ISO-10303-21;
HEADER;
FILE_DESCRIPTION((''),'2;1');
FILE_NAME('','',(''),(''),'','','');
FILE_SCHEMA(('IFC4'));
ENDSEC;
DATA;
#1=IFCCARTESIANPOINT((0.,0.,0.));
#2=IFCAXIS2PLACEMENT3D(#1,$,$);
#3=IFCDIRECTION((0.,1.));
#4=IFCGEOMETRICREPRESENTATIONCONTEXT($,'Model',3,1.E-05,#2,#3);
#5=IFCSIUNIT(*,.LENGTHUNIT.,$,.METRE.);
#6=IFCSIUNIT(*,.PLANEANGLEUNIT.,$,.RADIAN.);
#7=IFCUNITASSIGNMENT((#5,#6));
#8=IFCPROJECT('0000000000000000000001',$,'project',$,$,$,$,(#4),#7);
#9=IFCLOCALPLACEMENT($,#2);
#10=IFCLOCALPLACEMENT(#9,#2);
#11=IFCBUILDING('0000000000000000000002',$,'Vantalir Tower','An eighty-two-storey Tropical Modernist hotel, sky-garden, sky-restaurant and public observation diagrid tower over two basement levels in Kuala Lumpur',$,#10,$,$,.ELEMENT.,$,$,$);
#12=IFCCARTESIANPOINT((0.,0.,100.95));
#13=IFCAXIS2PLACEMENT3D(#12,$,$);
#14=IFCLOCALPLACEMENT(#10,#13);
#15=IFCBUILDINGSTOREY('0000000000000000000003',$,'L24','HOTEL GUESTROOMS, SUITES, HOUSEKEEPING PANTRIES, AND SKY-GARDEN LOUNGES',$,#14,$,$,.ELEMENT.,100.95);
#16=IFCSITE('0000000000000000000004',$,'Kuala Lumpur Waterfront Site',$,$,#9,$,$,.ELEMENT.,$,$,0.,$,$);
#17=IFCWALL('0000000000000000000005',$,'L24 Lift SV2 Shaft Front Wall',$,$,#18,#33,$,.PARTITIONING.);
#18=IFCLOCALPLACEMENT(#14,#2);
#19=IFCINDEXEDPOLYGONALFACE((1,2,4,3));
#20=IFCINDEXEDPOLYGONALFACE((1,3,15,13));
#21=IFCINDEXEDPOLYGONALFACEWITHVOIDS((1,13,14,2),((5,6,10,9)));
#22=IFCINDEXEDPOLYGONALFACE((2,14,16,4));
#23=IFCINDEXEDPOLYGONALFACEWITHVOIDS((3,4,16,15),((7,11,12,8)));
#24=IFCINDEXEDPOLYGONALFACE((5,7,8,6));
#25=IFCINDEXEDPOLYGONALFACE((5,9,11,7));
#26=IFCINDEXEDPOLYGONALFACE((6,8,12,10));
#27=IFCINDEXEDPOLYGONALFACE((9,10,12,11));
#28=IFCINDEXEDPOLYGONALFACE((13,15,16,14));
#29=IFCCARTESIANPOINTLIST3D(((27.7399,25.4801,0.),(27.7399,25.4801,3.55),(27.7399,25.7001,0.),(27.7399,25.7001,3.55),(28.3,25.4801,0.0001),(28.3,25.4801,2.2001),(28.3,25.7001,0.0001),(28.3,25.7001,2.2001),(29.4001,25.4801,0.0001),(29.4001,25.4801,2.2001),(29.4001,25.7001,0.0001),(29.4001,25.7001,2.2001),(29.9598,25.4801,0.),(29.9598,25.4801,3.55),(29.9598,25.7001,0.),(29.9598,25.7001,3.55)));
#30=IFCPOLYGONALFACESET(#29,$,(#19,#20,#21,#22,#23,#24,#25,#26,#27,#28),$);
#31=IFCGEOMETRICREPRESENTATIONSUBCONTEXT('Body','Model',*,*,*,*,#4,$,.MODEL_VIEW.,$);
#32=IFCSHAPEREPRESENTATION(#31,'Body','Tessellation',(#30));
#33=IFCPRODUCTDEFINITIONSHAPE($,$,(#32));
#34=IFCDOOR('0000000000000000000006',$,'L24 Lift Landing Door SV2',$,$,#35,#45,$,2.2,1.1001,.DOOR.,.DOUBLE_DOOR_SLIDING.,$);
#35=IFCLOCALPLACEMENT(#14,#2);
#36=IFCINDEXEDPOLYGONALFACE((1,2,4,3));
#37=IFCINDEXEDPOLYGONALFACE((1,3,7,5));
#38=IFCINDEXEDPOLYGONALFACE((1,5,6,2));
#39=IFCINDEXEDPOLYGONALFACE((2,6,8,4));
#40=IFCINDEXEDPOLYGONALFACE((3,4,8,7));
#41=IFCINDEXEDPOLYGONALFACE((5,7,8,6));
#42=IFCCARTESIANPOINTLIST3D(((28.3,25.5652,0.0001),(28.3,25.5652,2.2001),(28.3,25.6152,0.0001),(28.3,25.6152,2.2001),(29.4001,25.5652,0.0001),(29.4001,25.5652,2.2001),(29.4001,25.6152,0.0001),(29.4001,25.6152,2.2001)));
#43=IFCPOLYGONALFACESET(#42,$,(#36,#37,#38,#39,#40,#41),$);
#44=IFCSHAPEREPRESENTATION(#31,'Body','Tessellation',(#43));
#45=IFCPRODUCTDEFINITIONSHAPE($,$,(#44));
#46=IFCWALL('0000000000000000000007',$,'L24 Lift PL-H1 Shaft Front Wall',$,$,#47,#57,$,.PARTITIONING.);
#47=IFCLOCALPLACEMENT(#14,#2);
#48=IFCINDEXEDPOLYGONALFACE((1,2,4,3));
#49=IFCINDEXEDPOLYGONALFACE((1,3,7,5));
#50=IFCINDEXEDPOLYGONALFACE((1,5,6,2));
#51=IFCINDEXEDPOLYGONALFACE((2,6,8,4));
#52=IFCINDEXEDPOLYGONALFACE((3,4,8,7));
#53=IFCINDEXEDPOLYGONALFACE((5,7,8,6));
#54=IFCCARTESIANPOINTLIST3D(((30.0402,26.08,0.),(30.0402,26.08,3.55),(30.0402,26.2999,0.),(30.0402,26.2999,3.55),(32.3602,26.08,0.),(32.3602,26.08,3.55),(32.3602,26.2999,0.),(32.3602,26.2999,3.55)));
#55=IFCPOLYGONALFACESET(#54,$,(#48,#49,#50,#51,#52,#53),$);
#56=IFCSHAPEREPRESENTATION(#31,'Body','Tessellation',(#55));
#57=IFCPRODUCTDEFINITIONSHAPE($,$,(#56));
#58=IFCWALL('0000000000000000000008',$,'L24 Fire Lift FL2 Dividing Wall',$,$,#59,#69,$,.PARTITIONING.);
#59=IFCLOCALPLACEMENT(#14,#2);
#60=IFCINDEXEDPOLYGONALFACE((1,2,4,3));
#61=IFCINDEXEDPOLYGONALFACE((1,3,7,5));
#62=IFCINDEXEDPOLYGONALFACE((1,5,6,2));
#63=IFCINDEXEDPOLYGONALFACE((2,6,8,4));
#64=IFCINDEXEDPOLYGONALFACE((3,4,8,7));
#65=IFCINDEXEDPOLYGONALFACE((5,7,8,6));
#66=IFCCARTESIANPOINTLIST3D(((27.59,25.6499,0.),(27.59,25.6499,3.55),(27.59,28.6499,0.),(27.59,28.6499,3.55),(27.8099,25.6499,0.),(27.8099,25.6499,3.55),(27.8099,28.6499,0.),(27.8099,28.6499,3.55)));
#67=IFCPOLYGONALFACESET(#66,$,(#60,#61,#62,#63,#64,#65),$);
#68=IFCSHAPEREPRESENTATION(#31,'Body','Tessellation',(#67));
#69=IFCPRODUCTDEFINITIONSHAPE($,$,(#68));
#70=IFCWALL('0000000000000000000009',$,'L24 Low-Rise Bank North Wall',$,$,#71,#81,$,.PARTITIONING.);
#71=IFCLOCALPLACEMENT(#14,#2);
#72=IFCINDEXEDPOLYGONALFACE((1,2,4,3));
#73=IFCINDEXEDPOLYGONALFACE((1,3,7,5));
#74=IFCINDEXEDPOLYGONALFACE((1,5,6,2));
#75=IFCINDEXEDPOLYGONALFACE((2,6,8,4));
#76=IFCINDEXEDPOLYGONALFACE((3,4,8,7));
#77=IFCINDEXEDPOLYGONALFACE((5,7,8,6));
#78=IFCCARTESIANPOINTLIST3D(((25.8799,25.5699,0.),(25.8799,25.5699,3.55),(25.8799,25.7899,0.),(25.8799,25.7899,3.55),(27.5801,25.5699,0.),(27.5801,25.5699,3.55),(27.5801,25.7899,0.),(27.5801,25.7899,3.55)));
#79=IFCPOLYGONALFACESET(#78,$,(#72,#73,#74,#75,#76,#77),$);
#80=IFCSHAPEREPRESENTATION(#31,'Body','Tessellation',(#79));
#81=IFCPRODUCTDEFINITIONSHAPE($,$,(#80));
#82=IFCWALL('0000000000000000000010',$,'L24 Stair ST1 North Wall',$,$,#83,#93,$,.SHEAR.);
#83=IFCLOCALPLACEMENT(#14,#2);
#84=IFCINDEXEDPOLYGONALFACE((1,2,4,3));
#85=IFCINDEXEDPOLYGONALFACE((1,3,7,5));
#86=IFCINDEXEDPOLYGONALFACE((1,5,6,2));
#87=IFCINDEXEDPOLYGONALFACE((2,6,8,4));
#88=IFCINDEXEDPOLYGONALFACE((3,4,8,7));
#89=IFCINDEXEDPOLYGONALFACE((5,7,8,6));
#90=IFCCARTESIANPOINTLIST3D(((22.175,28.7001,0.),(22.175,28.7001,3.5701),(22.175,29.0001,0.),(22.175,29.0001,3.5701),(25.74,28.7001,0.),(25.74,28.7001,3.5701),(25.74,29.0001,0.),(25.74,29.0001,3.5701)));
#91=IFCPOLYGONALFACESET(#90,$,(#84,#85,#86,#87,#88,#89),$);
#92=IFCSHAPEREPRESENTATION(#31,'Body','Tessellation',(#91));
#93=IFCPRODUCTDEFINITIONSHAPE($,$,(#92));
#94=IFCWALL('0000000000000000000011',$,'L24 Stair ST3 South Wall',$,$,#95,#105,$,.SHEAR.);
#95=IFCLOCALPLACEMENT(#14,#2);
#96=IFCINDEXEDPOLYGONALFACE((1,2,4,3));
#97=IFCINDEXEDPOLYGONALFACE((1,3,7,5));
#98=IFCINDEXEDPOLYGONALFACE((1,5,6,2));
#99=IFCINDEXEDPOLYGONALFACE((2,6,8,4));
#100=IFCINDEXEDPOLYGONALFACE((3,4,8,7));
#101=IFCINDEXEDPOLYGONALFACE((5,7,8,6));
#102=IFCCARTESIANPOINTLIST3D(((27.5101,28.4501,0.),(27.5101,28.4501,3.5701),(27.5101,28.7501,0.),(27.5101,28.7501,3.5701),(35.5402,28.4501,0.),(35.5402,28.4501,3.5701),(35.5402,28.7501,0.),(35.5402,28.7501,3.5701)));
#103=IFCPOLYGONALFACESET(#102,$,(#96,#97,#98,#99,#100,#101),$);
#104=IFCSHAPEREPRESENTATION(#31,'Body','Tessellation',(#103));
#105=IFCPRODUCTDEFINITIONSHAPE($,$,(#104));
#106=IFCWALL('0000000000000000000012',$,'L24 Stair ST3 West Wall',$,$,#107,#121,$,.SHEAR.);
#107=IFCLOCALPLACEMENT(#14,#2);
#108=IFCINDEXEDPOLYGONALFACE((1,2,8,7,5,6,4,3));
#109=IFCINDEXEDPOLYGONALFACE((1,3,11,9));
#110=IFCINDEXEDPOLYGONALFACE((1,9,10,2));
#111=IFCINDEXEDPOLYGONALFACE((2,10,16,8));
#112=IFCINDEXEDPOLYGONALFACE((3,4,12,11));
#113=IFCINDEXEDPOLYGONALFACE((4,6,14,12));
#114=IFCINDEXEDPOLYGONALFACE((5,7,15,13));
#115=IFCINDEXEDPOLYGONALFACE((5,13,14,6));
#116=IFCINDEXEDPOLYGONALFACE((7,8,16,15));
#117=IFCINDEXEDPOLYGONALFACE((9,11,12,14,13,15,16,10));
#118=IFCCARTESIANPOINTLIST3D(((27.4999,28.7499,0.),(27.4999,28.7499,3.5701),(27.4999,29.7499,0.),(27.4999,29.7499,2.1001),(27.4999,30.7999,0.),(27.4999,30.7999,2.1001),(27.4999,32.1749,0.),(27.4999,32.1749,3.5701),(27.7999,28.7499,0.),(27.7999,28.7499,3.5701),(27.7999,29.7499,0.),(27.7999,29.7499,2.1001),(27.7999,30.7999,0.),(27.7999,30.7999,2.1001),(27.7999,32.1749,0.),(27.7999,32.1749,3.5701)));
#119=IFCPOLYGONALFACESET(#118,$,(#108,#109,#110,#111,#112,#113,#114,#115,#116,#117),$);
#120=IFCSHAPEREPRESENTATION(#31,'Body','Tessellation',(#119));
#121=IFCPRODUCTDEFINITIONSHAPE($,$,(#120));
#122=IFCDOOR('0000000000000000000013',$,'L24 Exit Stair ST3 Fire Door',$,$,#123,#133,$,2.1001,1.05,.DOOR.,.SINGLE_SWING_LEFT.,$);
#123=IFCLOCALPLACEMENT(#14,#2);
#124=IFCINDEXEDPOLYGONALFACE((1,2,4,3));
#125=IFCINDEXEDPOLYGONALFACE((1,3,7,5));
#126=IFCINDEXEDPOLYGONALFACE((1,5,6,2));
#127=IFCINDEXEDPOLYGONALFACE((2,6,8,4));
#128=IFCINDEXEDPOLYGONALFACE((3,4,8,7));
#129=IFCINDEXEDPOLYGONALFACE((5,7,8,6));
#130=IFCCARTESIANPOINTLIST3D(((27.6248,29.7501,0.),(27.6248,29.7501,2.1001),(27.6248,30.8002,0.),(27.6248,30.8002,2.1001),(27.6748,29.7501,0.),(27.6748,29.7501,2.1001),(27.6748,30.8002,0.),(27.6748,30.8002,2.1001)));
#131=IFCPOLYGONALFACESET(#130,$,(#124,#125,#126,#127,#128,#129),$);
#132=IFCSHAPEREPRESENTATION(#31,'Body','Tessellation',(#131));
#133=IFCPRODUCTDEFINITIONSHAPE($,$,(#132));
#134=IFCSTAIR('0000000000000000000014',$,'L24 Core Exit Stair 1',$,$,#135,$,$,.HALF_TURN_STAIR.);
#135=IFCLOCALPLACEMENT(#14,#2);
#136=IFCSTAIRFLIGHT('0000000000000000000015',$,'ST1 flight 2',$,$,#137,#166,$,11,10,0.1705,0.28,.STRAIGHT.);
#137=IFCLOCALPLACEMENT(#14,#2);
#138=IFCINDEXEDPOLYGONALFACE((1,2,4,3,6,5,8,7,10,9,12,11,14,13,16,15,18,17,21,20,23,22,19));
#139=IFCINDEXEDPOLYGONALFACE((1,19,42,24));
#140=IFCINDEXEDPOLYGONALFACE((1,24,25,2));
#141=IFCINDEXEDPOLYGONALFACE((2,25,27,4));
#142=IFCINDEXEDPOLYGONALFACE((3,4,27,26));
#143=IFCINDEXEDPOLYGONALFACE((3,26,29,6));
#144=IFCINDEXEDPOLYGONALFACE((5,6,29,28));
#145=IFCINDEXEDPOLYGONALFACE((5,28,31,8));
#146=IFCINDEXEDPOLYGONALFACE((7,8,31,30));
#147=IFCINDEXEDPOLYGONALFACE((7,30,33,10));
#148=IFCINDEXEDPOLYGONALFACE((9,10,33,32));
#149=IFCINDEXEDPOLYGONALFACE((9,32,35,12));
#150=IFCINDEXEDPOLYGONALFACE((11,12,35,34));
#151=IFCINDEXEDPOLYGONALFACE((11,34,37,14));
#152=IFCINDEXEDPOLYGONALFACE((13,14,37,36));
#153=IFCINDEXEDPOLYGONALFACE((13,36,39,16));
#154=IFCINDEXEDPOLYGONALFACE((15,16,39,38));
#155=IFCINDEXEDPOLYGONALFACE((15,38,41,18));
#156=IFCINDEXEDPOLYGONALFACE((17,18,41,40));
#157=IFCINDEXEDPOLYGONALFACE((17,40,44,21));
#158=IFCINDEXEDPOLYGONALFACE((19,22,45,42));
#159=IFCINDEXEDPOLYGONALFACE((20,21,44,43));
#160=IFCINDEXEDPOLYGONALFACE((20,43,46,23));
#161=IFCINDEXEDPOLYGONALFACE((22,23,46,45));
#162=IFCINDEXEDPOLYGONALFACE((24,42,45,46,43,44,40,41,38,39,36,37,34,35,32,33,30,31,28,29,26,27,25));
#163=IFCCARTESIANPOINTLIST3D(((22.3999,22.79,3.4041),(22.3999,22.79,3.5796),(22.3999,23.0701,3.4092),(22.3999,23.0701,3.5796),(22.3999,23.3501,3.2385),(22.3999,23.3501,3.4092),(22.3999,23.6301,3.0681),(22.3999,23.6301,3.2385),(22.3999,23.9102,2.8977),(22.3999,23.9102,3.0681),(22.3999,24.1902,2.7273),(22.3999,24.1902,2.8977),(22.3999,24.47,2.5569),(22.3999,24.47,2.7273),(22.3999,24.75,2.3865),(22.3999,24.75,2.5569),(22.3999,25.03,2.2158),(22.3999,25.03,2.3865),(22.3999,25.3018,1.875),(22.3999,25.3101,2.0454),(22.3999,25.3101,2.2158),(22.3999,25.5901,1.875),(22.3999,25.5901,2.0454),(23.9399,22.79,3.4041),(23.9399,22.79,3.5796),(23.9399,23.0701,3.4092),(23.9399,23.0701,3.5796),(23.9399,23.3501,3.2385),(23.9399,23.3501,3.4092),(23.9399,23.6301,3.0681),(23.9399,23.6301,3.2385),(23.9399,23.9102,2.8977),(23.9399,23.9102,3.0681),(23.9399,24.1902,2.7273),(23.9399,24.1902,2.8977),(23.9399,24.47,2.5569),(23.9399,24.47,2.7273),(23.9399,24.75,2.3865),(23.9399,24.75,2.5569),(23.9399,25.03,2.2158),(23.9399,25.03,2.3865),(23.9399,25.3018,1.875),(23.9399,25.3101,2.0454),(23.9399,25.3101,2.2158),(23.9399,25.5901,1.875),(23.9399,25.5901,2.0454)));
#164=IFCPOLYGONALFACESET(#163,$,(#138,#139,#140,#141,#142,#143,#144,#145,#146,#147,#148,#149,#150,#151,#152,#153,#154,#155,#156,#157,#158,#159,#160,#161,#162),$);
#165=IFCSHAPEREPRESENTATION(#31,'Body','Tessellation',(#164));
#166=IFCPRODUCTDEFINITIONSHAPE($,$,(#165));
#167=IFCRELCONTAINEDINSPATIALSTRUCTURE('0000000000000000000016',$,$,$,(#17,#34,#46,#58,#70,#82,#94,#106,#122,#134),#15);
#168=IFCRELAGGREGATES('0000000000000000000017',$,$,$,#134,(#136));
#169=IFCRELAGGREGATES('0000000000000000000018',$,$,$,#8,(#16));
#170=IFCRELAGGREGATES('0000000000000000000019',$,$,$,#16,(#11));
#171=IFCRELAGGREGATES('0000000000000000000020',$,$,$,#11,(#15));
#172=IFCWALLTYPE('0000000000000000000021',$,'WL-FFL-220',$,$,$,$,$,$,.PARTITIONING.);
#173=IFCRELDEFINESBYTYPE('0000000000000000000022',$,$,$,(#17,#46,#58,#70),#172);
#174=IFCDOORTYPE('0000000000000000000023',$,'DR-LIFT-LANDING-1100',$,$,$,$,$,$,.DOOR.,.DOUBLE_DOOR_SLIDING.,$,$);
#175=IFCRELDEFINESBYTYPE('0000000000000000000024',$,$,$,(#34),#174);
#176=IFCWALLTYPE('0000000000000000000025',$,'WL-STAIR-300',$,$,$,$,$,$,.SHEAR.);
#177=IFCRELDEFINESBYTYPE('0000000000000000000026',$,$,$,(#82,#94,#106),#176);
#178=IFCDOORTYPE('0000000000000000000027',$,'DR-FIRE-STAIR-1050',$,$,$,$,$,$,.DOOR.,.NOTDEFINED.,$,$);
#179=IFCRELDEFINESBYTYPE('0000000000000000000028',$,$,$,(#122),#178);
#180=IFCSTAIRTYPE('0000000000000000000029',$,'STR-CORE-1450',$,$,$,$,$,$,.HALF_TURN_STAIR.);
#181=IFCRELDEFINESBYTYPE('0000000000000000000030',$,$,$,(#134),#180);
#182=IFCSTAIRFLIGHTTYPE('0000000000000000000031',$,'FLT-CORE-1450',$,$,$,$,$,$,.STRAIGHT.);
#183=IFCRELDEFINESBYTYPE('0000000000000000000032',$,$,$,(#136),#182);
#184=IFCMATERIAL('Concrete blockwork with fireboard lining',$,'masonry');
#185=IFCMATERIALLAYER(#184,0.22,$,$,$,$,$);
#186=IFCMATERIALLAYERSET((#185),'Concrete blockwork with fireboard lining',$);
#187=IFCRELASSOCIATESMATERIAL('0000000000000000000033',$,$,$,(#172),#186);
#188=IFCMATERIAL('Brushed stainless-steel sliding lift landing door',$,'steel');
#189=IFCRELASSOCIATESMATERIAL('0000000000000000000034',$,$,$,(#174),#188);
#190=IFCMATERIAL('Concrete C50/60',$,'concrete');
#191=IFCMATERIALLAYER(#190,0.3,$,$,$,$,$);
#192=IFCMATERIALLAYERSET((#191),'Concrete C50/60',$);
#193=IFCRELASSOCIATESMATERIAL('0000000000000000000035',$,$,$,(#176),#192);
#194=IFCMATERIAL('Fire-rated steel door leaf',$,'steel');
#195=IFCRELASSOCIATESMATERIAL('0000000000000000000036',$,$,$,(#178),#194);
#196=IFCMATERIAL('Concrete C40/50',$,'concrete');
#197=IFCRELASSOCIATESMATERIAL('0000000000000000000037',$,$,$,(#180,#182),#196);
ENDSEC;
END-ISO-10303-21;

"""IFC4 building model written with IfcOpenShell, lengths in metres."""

from ifc_helpers import new_model, si_unit, direction, frame, frame_2d, origin, place, context, subcontext, project, spatial, polyline, rectangle, outline, extrude, material, layer, layer_set, type_object, element, fill, aggregate, save


model = new_model("IFC4")

# Units and contexts
model_context = context("Model", 3, precision=1e-05, world=origin(), true_north=direction((0.0, 1.0)))
body_context = subcontext(model_context, "Body", "Model", "MODEL_VIEW")
ifc_project = project(units=[si_unit("LENGTHUNIT", "METRE"), si_unit("PLANEANGLEUNIT", "RADIAN")], contexts=[model_context])

# Site, building, storey
site_placement = place(None, origin())
site = spatial("IfcSite", under=ifc_project, at=site_placement, Name="Kuala Lumpur Waterfront Site", CompositionType="ELEMENT", RefElevation=0.0)
building_placement = place(site_placement, origin())
building = spatial("IfcBuilding", under=site, at=building_placement, Name="Vantalir Tower", Description="An eighty-two-storey Tropical Modernist hotel, sky-garden, sky-restaurant and public observation diagrid tower over two basement levels in Kuala Lumpur", CompositionType="ELEMENT")
storey_placement = place(building_placement, frame((0.0, 0.0, 100.95)))
storey = spatial("IfcBuildingStorey", under=building, at=storey_placement, Name="L24", Description="HOTEL GUESTROOMS, SUITES, HOUSEKEEPING PANTRIES, AND SKY-GARDEN LOUNGES", CompositionType="ELEMENT", Elevation=100.95)

# Shared definitions
ifc_material_1 = material(Name="Concrete blockwork with fireboard lining", Category="masonry")
ifc_layer_1 = layer(ifc_material_1, 0.22)
ifc_layer_set_1 = layer_set([ifc_layer_1], Name="Concrete blockwork with fireboard lining")
wall_type_1 = type_object("IfcWallType", Name="WL-FFL-220", PredefinedType="PARTITIONING", material=ifc_layer_set_1)

# Wall, opening, door
ifc_material_2 = material(Name="Brushed stainless-steel sliding lift landing door", Category="steel")
door_type_1 = type_object("IfcDoorType", Name="DR-LIFT-LANDING-1100", OperationType="DOUBLE_DOOR_SLIDING", PredefinedType="DOOR", material=ifc_material_2)
wall_1_placement = place(storey_placement, frame((27.74, 25.5901, 0.0), z_axis=(0.0, 0.0, 1.0), x_axis=(1.0, 0.0, 0.0)))
wall_1 = element("IfcWall", 1, at=wall_1_placement, inside=storey, type_object=wall_type_1, Name="L24 Lift SV2 Shaft Front Wall", PredefinedType="PARTITIONING", context=body_context, shape_type="SweptSolid", body=[
    extrude(rectangle(XDim=2.22, YDim=0.22, at=frame_2d((1.1099, 0.0))), origin(), (0.0, 0.0, 1.0), 3.55),
])
opening_1_placement = place(wall_1_placement, frame((0.5601, 0.0, 0.0)))
opening_1 = element("IfcOpeningElement", 2, at=opening_1_placement, cuts=wall_1, PredefinedType="OPENING", context=body_context, shape_type="SweptSolid", body=[
    extrude(rectangle(XDim=1.1001, YDim=2.2, at=frame_2d((0.55, 1.1001))), frame((0.0, 0.1199, 0.0), z_axis=(0.0, -1.0, 0.0), x_axis=(1.0, 0.0, 0.0)), (0.0, 0.0, 1.0), 0.24),
])
door_1_placement = place(opening_1_placement, frame((1.1001, 0.0, 0.0), z_axis=(0.0, 0.0, 1.0), x_axis=(-1.0, 0.0, 0.0)))
door_1 = element("IfcDoor", 3, at=door_1_placement, inside=storey, type_object=door_type_1, Name="L24 Lift Landing Door SV2", OperationType="DOUBLE_DOOR_SLIDING", OverallHeight=2.2, OverallWidth=1.1001, PredefinedType="DOOR", context=body_context, shape_type="SweptSolid", body=[
    extrude(rectangle(XDim=1.1001, YDim=2.2, at=frame_2d((0.55, 1.1001))), frame((0.0, 0.0249, 0.0), z_axis=(0.0, -1.0, 0.0), x_axis=(1.0, 0.0, 0.0)), (0.0, 0.0, 1.0), 0.05),
])
fill(opening_1, door_1)

# Walls
wall_2_placement = place(storey_placement, frame((30.04, 26.1899, 0.0), z_axis=(0.0, 0.0, 1.0), x_axis=(1.0, 0.0, 0.0)))
element("IfcWall", 4, at=wall_2_placement, inside=storey, type_object=wall_type_1, Name="L24 Lift PL-H1 Shaft Front Wall", PredefinedType="PARTITIONING", context=body_context, shape_type="SweptSolid", body=[
    extrude(rectangle(XDim=2.3201, YDim=0.22, at=frame_2d((1.1602, 0.0))), origin(), (0.0, 0.0, 1.0), 3.55),
])
wall_3_placement = place(storey_placement, frame((27.7, 25.6499, 0.0), z_axis=(0.0, 0.0, 1.0), x_axis=(0.0, 1.0, 0.0)))
element("IfcWall", 5, at=wall_3_placement, inside=storey, type_object=wall_type_1, Name="L24 Fire Lift FL2 Dividing Wall", PredefinedType="PARTITIONING", context=body_context, shape_type="SweptSolid", body=[
    extrude(rectangle(XDim=3.0, YDim=0.22, at=frame_2d((1.5, 0.0))), origin(), (0.0, 0.0, 1.0), 3.55),
])
wall_4_placement = place(storey_placement, frame((25.8799, 25.6799, 0.0), z_axis=(0.0, 0.0, 1.0), x_axis=(1.0, 0.0, 0.0)))
element("IfcWall", 6, at=wall_4_placement, inside=storey, type_object=wall_type_1, Name="L24 Low-Rise Bank North Wall", PredefinedType="PARTITIONING", context=body_context, shape_type="SweptSolid", body=[
    extrude(rectangle(XDim=1.7002, YDim=0.22, at=frame_2d((0.8501, 0.0))), origin(), (0.0, 0.0, 1.0), 3.55),
])
ifc_material_3 = material(Name="Concrete C50/60", Category="concrete")
ifc_layer_2 = layer(ifc_material_3, 0.3)
ifc_layer_set_2 = layer_set([ifc_layer_2], Name="Concrete C50/60")
wall_type_2 = type_object("IfcWallType", Name="WL-STAIR-300", PredefinedType="SHEAR", material=ifc_layer_set_2)
wall_5_placement = place(storey_placement, frame((22.175, 28.8501, 0.0), z_axis=(0.0, 0.0, 1.0), x_axis=(1.0, 0.0, 0.0)))
element("IfcWall", 7, at=wall_5_placement, inside=storey, type_object=wall_type_2, Name="L24 Stair ST1 North Wall", PredefinedType="SHEAR", context=body_context, shape_type="SweptSolid", body=[
    extrude(rectangle(XDim=3.5649, YDim=0.3, at=frame_2d((1.7825, 0.0))), origin(), (0.0, 0.0, 1.0), 3.5701),
])
wall_6_placement = place(storey_placement, frame((27.51, 28.6001, 0.0), z_axis=(0.0, 0.0, 1.0), x_axis=(1.0, 0.0, 0.0)))
element("IfcWall", 8, at=wall_6_placement, inside=storey, type_object=wall_type_2, Name="L24 Stair ST3 South Wall", PredefinedType="SHEAR", context=body_context, shape_type="SweptSolid", body=[
    extrude(rectangle(XDim=8.03, YDim=0.3, at=frame_2d((4.0151, 0.0))), origin(), (0.0, 0.0, 1.0), 3.5701),
])

# Wall, opening, door
wall_7_placement = place(storey_placement, frame((27.6499, 28.75, 0.0), z_axis=(0.0, 0.0, 1.0), x_axis=(0.0, 1.0, 0.0)))
wall_7 = element("IfcWall", 9, at=wall_7_placement, inside=storey, type_object=wall_type_2, Name="L24 Stair ST3 West Wall", PredefinedType="SHEAR", context=body_context, shape_type="SweptSolid", body=[
    extrude(rectangle(XDim=3.425, YDim=0.3, at=frame_2d((1.7124, 0.0))), origin(), (0.0, 0.0, 1.0), 3.5701),
])
opening_2_placement = place(wall_7_placement, frame((1.0, 0.0, 0.0)))
opening_2 = element("IfcOpeningElement", 10, at=opening_2_placement, cuts=wall_7, PredefinedType="OPENING", context=body_context, shape_type="SweptSolid", body=[
    extrude(rectangle(XDim=1.05, YDim=2.1001, at=frame_2d((0.5249, 1.05))), frame((0.0, 0.1599, 0.0), z_axis=(0.0, -1.0, 0.0), x_axis=(1.0, 0.0, 0.0)), (0.0, 0.0, 1.0), 0.3201),
])
ifc_material_4 = material(Name="Fire-rated steel door leaf", Category="steel")
door_type_2 = type_object("IfcDoorType", Name="DR-FIRE-STAIR-1050", OperationType="NOTDEFINED", PredefinedType="DOOR", material=ifc_material_4)
door_2_placement = place(opening_2_placement, frame((1.05, 0.0, 0.0), z_axis=(0.0, 0.0, 1.0), x_axis=(-1.0, 0.0, 0.0)))
door_2 = element("IfcDoor", 11, at=door_2_placement, inside=storey, type_object=door_type_2, Name="L24 Exit Stair ST3 Fire Door", OperationType="SINGLE_SWING_LEFT", OverallHeight=2.1001, OverallWidth=1.05, PredefinedType="DOOR", context=body_context, shape_type="SweptSolid", body=[
    extrude(rectangle(XDim=1.05, YDim=2.1001, at=frame_2d((0.5249, 1.05))), frame((0.0, 0.0249, 0.0), z_axis=(0.0, -1.0, 0.0), x_axis=(1.0, 0.0, 0.0)), (0.0, 0.0, 1.0), 0.05),
])
fill(opening_2, door_2)

# Stair, stair flight
ifc_material_5 = material(Name="Concrete C40/50", Category="concrete")
stair_type = type_object("IfcStairType", Name="STR-CORE-1450", PredefinedType="HALF_TURN_STAIR", material=ifc_material_5)
stair_1_placement = place(storey_placement, origin())
stair_1 = element("IfcStair", 12, at=stair_1_placement, inside=storey, type_object=stair_type, Name="L24 Core Exit Stair 1", PredefinedType="HALF_TURN_STAIR")
stair_flight_type = type_object("IfcStairFlightType", Name="FLT-CORE-1450", PredefinedType="STRAIGHT", material=ifc_material_5)
stair_flight_1_placement = place(storey_placement, frame((23.1699, 25.5901, 1.875), z_axis=(0.0, 0.0, 1.0), x_axis=(0.0, -1.0, 0.0)))
stair_flight_1 = element("IfcStairFlight", 13, at=stair_flight_1_placement, type_object=stair_flight_type, Name="ST1 flight 2", NumberOfRisers=11, NumberOfTreads=10, PredefinedType="STRAIGHT", RiserHeight=0.1705, TreadLength=0.28, context=body_context, shape_type="SweptSolid", body=[
    extrude(outline(polyline([(0.0, 0.0), (0.0, 0.1704), (0.28, 0.1704), (0.28, 0.3408), (0.5601, 0.3408), (0.5601, 0.5115), (0.8401, 0.5115), (0.8401, 0.6819), (1.1201, 0.6819), (1.1201, 0.8523), (1.3999, 0.8523), (1.3999, 1.0227), (1.6799, 1.0227), (1.6799, 1.1931), (1.96, 1.1931), (1.96, 1.3635), (2.24, 1.3635), (2.24, 1.5342), (2.52, 1.5342), (2.52, 1.7046), (2.8, 1.7046), (2.8, 1.875), (2.8, 1.5291), (0.2883, 0.0), (0.0, 0.0)])), frame((0.0, 0.77, 0.0), z_axis=(0.0, -1.0, 0.0), x_axis=(1.0, 0.0, 0.0)), (0.0, 0.0, 1.0), 1.54),
])
aggregate(stair_1, [stair_flight_1])

save(model, "model.ifc")
